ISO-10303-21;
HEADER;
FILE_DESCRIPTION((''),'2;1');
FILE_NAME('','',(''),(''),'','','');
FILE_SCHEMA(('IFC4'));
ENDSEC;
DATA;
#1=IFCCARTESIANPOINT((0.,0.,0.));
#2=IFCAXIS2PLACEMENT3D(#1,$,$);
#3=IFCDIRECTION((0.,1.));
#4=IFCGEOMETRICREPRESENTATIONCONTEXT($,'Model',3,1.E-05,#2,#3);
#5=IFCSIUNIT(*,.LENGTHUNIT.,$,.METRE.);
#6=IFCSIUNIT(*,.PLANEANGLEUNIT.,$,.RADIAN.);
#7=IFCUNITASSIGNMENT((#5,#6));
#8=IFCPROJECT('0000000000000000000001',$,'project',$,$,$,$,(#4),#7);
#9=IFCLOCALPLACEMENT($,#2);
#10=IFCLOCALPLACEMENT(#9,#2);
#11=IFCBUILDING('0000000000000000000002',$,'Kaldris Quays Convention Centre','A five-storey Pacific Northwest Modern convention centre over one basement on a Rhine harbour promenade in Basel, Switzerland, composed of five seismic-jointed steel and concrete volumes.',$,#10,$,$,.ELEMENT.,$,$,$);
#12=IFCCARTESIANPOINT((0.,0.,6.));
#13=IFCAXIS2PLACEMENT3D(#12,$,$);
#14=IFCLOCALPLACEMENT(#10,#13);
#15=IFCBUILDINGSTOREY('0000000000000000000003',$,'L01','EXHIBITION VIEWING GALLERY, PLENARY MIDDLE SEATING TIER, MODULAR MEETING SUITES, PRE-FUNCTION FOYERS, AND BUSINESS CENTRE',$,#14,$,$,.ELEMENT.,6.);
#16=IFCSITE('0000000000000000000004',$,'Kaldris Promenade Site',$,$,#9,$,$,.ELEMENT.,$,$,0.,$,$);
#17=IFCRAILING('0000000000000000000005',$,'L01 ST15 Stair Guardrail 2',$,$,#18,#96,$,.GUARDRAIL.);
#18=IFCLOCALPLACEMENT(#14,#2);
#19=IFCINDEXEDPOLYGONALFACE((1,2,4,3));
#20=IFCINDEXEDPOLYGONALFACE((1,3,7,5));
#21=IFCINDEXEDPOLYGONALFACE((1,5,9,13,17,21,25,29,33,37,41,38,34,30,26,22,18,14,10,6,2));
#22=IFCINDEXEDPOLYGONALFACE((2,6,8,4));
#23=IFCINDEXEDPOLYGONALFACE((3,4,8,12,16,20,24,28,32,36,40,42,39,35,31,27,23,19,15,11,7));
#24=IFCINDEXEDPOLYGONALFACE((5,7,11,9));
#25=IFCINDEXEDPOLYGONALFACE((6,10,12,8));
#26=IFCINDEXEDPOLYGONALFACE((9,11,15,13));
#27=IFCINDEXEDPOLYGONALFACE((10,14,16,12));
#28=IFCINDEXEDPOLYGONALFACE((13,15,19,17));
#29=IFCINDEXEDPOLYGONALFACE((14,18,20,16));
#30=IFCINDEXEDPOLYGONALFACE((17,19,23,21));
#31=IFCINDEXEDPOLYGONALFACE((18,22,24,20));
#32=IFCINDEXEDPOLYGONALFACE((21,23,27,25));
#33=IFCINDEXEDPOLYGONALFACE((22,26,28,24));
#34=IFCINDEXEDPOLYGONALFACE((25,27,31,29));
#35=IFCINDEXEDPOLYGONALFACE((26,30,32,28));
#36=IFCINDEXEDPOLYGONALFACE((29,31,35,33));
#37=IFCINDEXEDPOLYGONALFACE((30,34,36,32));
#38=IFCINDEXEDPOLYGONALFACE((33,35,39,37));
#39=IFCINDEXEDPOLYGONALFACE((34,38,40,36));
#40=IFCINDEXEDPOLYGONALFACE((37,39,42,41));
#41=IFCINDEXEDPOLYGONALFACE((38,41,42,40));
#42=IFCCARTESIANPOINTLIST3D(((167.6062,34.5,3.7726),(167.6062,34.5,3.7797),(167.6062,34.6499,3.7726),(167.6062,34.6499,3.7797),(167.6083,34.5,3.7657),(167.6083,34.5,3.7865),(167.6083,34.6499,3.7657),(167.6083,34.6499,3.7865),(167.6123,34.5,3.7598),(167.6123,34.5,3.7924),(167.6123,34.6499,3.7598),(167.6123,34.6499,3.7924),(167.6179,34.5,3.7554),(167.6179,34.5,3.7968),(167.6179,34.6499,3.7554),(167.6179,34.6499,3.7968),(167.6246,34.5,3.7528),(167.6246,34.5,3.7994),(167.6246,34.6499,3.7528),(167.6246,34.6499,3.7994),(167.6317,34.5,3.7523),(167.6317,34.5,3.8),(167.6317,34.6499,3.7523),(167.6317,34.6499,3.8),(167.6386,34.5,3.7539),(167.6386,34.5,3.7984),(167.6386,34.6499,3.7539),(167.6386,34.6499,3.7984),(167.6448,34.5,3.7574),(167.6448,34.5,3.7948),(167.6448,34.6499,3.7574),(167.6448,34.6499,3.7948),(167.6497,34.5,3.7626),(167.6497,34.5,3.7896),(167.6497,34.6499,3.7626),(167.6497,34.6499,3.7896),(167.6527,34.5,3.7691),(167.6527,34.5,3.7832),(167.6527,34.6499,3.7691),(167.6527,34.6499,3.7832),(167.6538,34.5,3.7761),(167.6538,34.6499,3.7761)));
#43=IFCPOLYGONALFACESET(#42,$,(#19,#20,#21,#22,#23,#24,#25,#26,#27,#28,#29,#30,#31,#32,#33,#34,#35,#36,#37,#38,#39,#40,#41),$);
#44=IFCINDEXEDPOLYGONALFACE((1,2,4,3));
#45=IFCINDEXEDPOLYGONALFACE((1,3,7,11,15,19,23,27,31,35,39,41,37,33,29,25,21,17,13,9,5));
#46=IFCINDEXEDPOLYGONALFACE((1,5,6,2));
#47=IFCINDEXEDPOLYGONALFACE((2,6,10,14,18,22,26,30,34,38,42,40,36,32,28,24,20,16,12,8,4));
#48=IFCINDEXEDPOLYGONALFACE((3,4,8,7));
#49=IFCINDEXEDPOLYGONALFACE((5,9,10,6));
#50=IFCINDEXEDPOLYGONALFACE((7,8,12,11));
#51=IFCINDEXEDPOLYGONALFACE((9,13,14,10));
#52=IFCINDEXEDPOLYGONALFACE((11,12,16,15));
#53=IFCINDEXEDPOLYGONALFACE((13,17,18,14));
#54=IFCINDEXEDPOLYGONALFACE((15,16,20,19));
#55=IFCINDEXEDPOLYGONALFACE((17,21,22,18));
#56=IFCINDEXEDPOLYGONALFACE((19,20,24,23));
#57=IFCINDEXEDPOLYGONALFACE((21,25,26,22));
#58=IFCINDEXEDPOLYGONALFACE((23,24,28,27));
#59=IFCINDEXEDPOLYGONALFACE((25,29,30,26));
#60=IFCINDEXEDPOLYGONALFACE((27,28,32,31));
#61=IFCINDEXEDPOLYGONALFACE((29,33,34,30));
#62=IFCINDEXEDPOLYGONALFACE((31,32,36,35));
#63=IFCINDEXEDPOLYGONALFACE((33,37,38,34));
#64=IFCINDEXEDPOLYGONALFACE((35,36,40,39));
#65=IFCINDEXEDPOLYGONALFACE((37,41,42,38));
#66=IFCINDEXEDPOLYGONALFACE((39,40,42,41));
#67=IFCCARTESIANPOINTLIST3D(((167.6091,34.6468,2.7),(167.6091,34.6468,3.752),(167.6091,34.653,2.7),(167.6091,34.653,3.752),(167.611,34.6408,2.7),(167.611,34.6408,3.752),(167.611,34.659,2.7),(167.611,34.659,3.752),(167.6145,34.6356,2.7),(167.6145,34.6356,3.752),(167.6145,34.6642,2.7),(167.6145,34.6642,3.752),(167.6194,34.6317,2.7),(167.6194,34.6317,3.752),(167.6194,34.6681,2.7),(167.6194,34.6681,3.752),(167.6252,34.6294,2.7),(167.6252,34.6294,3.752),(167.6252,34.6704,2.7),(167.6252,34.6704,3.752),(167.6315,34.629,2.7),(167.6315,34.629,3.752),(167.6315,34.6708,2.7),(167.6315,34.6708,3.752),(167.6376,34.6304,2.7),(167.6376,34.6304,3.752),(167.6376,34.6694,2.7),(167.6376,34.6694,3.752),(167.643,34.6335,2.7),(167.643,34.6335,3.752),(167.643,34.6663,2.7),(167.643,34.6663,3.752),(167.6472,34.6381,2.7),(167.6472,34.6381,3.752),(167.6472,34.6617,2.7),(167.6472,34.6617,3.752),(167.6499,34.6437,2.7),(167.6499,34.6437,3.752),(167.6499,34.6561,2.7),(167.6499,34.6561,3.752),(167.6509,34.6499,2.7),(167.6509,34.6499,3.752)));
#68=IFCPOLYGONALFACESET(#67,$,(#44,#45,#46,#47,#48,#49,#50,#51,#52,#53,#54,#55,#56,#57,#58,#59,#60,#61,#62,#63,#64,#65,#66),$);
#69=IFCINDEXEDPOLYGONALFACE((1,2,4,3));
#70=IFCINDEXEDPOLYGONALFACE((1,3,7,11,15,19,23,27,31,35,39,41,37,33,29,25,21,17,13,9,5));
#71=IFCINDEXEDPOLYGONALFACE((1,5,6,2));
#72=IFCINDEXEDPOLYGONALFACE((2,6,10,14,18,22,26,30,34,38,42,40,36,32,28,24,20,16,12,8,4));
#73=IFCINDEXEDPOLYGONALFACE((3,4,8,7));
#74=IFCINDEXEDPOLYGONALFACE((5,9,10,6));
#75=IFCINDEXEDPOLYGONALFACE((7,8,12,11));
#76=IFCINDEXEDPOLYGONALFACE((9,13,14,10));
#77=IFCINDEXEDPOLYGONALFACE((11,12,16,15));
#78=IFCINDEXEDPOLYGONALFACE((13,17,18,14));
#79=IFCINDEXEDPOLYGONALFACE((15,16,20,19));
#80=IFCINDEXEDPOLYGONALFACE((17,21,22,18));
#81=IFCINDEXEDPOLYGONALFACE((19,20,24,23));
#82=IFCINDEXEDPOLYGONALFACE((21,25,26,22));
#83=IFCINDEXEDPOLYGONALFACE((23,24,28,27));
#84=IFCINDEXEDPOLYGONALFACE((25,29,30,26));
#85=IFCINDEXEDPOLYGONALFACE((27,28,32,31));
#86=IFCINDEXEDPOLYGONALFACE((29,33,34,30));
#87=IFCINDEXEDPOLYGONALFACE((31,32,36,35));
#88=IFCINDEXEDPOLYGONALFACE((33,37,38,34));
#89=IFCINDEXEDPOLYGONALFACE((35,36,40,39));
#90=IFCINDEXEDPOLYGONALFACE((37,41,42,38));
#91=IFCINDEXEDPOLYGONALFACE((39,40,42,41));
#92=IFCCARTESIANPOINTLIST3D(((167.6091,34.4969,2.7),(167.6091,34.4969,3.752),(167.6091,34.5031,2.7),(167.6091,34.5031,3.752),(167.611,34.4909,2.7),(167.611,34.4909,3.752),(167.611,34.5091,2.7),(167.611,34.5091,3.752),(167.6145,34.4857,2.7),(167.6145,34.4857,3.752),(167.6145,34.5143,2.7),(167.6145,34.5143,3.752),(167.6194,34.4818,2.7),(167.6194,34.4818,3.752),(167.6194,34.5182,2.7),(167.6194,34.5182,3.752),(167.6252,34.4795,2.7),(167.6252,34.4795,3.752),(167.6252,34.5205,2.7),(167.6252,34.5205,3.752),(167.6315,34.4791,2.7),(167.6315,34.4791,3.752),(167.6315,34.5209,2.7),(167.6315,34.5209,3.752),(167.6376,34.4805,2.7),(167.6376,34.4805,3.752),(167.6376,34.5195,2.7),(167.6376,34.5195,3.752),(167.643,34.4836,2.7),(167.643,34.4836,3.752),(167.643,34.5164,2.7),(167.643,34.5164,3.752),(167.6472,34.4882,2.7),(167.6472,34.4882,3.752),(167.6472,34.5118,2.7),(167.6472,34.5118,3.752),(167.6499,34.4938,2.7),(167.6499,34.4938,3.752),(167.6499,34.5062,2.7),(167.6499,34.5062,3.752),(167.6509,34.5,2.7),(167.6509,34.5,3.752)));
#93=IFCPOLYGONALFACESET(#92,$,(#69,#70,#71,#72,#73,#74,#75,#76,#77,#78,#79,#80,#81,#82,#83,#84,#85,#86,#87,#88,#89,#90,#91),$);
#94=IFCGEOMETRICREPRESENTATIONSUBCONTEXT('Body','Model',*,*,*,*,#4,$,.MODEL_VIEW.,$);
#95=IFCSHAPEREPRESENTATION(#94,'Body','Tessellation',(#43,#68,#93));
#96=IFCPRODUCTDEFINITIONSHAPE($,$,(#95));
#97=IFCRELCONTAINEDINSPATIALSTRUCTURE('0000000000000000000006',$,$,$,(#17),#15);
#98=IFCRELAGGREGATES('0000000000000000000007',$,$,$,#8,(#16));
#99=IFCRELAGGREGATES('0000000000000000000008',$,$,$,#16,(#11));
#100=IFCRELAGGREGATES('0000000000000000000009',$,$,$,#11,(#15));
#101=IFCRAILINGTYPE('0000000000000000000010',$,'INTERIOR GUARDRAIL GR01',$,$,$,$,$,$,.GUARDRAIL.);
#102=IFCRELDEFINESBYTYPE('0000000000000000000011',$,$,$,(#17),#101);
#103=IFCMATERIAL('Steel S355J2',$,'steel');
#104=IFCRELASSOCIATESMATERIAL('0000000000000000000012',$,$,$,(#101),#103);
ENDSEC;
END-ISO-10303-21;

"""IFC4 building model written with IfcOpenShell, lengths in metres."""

from ifc_helpers import new_model, si_unit, direction, frame, origin, origin_2d, place, context, subcontext, project, spatial, circle, extrude, material, type_object, element, save


model = new_model("IFC4")

# Units and contexts
model_context = context("Model", 3, precision=1e-05, world=origin(), true_north=direction((0.0, 1.0)))
body_context = subcontext(model_context, "Body", "Model", "MODEL_VIEW")
ifc_project = project(units=[si_unit("LENGTHUNIT", "METRE"), si_unit("PLANEANGLEUNIT", "RADIAN")], contexts=[model_context])

# Site, building, storey
site_placement = place(None, origin())
site = spatial("IfcSite", under=ifc_project, at=site_placement, Name="Kaldris Promenade Site", CompositionType="ELEMENT", RefElevation=0.0)
building_placement = place(site_placement, origin())
building = spatial("IfcBuilding", under=site, at=building_placement, Name="Kaldris Quays Convention Centre", Description="A five-storey Pacific Northwest Modern convention centre over one basement on a Rhine harbour promenade in Basel, Switzerland, composed of five seismic-jointed steel and concrete volumes.", CompositionType="ELEMENT")
storey_placement = place(building_placement, frame((0.0, 0.0, 6.0)))
storey = spatial("IfcBuildingStorey", under=building, at=storey_placement, Name="L01", Description="EXHIBITION VIEWING GALLERY, PLENARY MIDDLE SEATING TIER, MODULAR MEETING SUITES, PRE-FUNCTION FOYERS, AND BUSINESS CENTRE", CompositionType="ELEMENT", Elevation=6.0)

# Shared definitions
ifc_material_1 = material(Name="Steel S355J2", Category="steel")

# Railing
railing_type_1 = type_object("IfcRailingType", Name="INTERIOR GUARDRAIL GR01", PredefinedType="GUARDRAIL", material=ifc_material_1)
railing_1_placement = place(storey_placement, frame((167.6299, 34.6499, 2.7)))
element("IfcRailing", 1, at=railing_1_placement, inside=storey, type_object=railing_type_1, Name="L01 ST15 Stair Guardrail 2", PredefinedType="GUARDRAIL", context=body_context, shape_type="SweptSolid", body=[
    extrude(circle(Radius=0.0239, at=origin_2d()), frame((0.0, 0.0, 1.0762), z_axis=(0.0, -1.0, 0.0), x_axis=(1.0, 0.0, 0.0)), (0.0, 0.0, 1.0), 0.1499),
    extrude(circle(Radius=0.021, at=origin_2d()), origin(), (0.0, 0.0, 1.0), 1.052),
    extrude(circle(Radius=0.021, at=origin_2d()), frame((0.0, -0.1499, 0.0)), (0.0, 0.0, 1.0), 1.052),
])

save(model, "model.ifc")
